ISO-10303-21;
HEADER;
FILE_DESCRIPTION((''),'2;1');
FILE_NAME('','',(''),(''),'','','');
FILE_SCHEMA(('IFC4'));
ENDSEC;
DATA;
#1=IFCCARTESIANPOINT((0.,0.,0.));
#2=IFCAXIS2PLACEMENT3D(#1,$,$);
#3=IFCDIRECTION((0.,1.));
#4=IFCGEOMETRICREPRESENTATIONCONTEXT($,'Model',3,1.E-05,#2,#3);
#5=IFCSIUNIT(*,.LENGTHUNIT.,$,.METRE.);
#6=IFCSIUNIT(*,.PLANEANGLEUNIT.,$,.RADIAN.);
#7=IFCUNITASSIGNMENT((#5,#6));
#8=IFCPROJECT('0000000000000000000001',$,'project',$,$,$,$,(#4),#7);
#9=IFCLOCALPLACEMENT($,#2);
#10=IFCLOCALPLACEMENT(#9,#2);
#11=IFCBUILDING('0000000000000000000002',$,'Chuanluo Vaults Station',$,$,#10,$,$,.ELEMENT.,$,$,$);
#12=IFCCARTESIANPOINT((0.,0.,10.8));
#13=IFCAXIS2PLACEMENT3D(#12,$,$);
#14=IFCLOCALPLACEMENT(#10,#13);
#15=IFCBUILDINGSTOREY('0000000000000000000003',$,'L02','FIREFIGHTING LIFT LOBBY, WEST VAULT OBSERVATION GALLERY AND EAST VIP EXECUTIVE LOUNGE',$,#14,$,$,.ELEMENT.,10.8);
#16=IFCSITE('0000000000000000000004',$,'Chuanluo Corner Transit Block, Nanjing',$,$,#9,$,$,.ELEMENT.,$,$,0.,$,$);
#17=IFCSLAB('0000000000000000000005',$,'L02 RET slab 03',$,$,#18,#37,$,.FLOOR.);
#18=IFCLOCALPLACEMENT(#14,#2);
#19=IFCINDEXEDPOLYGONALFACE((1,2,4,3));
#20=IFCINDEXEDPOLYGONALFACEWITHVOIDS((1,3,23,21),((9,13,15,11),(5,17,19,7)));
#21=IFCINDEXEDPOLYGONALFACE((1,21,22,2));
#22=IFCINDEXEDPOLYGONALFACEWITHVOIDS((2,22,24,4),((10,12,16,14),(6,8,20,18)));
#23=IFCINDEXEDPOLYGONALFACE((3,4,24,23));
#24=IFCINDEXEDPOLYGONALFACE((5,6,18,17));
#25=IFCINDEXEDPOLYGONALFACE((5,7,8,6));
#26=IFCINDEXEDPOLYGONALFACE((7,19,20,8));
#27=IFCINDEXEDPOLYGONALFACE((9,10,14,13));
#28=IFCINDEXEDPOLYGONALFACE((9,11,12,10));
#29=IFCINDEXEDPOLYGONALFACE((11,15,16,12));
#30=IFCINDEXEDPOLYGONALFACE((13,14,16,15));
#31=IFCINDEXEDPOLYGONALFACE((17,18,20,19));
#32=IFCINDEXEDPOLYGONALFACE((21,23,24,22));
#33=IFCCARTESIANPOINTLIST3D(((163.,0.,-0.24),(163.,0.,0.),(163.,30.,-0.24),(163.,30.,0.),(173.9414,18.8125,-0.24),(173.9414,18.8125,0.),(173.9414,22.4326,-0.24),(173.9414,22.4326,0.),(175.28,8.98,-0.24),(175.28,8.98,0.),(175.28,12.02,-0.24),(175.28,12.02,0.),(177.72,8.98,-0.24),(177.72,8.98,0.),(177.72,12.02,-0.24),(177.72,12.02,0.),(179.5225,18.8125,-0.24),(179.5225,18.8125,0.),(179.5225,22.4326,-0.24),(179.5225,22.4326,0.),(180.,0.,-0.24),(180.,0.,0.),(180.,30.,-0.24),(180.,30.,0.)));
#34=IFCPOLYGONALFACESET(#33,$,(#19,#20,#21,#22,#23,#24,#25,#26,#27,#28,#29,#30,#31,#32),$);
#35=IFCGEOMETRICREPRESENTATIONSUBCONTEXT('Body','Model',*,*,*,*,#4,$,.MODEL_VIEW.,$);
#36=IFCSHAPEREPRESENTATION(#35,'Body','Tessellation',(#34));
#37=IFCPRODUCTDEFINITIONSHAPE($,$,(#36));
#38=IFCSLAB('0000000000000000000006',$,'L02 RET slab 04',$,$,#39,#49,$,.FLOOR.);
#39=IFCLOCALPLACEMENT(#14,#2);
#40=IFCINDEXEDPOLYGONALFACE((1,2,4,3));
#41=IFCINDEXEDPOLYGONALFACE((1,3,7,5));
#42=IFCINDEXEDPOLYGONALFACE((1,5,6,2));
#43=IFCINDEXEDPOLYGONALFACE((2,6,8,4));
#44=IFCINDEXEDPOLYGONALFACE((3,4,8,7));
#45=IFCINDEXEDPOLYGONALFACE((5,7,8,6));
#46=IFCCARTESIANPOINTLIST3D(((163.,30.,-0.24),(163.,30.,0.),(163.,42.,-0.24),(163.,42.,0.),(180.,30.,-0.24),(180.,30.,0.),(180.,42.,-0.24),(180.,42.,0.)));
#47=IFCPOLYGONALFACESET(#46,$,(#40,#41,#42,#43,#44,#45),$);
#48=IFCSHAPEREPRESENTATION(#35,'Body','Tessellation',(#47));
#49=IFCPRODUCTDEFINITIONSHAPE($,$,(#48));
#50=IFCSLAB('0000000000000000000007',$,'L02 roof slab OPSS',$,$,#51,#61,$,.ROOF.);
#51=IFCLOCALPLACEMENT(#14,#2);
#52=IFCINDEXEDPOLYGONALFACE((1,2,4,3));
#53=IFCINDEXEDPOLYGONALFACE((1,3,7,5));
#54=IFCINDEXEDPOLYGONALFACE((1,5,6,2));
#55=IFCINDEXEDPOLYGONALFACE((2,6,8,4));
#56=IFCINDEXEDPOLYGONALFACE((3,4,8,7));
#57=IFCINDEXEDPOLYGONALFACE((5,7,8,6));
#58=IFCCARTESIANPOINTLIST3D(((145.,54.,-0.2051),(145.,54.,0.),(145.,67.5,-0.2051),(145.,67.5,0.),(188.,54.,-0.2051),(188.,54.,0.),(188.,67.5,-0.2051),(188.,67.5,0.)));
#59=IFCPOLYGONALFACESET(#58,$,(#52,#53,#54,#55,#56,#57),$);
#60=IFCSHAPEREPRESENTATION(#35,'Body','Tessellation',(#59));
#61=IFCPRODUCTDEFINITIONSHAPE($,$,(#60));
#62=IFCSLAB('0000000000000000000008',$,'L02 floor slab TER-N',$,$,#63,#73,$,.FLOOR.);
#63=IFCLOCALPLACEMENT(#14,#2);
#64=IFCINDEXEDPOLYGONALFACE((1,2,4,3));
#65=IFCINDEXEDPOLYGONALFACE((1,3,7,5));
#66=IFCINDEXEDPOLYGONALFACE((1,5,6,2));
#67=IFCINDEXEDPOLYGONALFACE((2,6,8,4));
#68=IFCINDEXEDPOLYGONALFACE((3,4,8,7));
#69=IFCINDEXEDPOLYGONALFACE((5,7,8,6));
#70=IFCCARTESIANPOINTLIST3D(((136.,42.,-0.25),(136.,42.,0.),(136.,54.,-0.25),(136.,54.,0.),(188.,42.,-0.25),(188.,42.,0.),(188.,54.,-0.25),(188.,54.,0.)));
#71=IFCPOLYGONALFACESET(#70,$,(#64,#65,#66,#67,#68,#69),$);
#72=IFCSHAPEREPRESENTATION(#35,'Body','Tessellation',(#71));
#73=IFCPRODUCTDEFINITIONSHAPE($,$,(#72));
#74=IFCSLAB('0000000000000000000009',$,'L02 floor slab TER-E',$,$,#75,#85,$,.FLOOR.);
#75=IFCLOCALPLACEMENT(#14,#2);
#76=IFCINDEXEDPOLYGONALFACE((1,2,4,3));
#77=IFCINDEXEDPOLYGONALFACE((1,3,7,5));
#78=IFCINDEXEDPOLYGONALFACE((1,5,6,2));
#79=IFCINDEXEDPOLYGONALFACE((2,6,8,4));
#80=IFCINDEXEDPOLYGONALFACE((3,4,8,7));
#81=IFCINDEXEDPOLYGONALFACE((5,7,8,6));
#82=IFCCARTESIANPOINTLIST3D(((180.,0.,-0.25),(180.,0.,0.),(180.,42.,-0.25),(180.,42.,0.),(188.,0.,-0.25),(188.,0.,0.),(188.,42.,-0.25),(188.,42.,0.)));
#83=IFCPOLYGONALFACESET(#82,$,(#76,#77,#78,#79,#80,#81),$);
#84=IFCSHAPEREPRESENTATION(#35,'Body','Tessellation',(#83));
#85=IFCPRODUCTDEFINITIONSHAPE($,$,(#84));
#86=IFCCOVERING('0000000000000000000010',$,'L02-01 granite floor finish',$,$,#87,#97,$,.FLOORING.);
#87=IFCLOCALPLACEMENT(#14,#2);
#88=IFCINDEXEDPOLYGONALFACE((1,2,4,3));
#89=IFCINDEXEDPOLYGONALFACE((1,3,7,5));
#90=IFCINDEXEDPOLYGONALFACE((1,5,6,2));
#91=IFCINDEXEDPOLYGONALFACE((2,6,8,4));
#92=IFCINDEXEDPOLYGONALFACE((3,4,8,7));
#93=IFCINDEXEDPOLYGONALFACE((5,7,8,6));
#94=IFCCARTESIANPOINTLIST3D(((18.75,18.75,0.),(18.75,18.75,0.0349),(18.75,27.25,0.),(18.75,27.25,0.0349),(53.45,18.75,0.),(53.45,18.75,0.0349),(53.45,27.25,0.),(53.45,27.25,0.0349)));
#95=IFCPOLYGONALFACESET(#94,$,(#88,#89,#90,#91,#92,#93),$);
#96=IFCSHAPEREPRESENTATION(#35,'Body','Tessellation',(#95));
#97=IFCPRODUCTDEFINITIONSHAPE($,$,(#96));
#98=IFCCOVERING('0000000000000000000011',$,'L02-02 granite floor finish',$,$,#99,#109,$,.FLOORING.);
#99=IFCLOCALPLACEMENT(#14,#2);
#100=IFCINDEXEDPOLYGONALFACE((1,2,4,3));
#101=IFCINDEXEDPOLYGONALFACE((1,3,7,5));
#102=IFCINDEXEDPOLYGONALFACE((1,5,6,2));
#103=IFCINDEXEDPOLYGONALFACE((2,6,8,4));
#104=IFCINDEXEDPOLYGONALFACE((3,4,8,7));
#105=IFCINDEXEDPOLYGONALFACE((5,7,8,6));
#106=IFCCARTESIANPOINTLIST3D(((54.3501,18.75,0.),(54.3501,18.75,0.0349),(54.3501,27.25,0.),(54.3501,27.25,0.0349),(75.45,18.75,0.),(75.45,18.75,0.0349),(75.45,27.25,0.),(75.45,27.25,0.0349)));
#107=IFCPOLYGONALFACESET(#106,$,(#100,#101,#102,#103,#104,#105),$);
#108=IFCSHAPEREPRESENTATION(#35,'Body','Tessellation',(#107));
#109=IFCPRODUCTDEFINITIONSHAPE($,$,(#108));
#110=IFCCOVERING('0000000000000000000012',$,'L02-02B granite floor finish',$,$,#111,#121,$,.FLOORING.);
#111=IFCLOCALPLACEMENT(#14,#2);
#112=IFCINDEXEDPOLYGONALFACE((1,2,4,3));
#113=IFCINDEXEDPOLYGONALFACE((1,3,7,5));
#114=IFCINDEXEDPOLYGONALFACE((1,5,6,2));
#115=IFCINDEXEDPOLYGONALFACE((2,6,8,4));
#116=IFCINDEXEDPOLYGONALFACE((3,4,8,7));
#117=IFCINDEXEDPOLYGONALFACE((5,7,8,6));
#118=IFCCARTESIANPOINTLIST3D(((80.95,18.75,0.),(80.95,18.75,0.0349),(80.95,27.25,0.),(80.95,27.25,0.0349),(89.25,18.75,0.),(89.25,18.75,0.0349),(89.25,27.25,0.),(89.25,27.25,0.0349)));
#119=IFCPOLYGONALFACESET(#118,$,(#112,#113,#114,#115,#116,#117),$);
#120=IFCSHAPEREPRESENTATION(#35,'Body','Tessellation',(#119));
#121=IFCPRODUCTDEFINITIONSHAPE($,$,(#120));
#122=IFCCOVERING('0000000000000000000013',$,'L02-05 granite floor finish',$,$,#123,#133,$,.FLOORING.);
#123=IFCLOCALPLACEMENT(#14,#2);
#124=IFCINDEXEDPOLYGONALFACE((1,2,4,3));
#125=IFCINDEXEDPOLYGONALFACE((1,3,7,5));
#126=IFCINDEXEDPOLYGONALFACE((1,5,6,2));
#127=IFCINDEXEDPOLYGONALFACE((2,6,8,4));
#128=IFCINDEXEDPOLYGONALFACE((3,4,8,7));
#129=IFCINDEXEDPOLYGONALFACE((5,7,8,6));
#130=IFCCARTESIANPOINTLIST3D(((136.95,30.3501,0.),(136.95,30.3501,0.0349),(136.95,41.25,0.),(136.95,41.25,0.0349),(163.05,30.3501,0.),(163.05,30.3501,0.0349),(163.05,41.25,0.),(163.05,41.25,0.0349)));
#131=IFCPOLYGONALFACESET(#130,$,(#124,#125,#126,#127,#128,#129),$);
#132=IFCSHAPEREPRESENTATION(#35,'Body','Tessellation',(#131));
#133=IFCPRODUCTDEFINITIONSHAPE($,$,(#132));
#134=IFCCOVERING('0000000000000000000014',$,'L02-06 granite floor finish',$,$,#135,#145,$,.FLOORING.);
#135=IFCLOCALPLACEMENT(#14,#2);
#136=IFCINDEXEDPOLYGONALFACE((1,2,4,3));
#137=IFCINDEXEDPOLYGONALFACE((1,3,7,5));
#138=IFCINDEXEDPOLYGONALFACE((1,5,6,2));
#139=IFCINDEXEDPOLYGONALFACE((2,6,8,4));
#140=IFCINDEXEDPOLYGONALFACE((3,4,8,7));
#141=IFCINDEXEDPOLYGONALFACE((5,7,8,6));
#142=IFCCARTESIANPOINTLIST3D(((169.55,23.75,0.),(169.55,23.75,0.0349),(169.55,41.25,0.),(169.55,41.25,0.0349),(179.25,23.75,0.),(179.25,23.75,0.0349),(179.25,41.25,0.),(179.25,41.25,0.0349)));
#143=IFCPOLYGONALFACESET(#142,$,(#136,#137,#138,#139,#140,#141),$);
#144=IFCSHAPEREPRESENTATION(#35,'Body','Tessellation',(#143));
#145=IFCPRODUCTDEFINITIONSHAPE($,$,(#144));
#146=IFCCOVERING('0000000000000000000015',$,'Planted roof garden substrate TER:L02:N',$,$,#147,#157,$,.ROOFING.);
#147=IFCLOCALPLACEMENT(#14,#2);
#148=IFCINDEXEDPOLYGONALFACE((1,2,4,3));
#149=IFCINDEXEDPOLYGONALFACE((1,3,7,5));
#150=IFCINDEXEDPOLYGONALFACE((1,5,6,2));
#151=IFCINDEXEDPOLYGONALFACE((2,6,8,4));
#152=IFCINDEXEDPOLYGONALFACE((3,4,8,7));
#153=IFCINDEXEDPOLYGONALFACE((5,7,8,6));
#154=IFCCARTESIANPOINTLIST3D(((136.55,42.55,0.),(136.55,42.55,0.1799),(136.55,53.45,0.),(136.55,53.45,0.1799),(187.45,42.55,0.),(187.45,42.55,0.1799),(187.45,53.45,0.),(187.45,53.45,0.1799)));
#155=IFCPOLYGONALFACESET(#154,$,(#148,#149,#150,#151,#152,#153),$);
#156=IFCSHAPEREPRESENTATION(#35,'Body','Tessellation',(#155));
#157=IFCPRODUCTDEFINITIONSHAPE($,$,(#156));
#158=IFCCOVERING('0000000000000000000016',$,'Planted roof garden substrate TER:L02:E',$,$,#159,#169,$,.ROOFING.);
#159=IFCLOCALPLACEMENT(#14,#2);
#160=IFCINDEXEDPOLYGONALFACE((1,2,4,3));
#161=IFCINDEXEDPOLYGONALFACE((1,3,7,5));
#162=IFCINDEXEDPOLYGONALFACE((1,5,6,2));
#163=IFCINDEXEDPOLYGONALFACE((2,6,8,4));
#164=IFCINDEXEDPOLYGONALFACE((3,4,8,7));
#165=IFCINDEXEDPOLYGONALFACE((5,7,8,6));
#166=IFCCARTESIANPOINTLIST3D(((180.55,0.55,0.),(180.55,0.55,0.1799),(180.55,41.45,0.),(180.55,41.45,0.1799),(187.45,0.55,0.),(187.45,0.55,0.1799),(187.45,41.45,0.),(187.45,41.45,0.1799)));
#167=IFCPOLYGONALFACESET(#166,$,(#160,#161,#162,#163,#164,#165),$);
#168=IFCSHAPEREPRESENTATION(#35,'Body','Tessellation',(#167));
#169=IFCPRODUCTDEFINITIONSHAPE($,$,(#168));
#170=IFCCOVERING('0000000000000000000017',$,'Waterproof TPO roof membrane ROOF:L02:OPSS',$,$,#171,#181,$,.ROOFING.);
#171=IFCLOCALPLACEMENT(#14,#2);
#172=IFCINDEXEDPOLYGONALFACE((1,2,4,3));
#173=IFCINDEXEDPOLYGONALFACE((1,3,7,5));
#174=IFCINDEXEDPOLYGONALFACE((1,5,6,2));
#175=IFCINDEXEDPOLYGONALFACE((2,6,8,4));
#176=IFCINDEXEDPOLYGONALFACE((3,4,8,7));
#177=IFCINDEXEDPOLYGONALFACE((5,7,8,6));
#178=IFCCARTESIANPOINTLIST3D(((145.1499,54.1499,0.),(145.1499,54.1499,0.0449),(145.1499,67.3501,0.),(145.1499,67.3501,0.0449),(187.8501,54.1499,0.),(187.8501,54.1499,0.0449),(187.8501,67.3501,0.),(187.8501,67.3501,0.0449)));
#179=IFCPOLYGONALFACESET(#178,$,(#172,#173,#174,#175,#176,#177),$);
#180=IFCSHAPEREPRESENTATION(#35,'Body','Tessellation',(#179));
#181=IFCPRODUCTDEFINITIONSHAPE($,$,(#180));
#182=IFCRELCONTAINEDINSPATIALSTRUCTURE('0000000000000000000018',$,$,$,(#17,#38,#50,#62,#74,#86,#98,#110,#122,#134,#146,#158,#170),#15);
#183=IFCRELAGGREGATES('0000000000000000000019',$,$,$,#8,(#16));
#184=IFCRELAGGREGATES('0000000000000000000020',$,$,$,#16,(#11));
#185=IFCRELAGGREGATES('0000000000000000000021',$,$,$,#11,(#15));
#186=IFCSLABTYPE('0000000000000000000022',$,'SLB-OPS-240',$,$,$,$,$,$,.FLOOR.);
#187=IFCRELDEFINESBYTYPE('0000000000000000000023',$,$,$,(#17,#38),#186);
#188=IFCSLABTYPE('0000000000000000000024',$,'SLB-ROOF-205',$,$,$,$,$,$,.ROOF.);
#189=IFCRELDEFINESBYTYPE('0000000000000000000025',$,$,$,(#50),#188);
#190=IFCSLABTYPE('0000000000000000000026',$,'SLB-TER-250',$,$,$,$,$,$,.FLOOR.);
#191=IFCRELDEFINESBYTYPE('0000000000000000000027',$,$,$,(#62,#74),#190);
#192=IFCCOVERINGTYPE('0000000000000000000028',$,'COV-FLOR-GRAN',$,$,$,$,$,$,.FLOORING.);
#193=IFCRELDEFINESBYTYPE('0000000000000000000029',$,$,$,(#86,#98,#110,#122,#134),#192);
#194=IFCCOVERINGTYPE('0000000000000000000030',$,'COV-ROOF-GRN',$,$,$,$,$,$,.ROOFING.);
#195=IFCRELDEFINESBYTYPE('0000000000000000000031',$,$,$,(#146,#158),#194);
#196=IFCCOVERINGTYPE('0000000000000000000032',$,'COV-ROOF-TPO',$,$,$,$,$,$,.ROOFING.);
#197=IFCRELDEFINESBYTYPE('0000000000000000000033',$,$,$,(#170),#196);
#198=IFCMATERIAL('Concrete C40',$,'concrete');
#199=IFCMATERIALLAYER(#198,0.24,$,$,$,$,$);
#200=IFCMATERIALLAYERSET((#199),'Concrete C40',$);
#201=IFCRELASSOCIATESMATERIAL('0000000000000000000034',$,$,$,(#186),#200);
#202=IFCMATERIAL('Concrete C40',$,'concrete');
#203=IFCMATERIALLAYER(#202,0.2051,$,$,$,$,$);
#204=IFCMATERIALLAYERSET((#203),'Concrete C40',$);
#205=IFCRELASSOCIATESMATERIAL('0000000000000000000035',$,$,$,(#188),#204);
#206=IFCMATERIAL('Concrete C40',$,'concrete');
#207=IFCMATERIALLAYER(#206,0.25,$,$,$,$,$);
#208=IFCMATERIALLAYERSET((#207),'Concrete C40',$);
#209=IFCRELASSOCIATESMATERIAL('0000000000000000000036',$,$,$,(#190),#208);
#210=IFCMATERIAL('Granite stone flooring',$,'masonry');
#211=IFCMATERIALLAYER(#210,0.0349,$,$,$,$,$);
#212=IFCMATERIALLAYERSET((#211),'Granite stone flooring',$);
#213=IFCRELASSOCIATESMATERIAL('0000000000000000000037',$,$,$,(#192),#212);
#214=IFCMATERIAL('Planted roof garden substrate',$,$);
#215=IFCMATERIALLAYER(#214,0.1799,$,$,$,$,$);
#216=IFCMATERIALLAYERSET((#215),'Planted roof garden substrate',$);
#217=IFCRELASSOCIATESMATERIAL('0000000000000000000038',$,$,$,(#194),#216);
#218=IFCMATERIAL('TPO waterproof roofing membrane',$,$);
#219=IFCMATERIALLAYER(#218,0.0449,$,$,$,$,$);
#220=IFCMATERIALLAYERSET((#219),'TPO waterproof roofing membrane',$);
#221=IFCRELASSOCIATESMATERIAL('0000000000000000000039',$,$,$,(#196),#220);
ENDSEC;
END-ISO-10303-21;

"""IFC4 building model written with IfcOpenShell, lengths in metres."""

from ifc_helpers import new_model, si_unit, direction, frame, origin, place, context, subcontext, project, spatial, polyline, outline, extrude, material, layer, layer_set, type_object, element, save


model = new_model("IFC4")

# Units and contexts
model_context = context("Model", 3, precision=1e-05, world=origin(), true_north=direction((0.0, 1.0)))
body_context = subcontext(model_context, "Body", "Model", "MODEL_VIEW")
ifc_project = project(units=[si_unit("LENGTHUNIT", "METRE"), si_unit("PLANEANGLEUNIT", "RADIAN")], contexts=[model_context])

# Site, building, storey
site_placement = place(None, origin())
site = spatial("IfcSite", under=ifc_project, at=site_placement, Name="Chuanluo Corner Transit Block, Nanjing", CompositionType="ELEMENT", RefElevation=0.0)
building_placement = place(site_placement, origin())
building = spatial("IfcBuilding", under=site, at=building_placement, Name="Chuanluo Vaults Station", CompositionType="ELEMENT")
storey_placement = place(building_placement, frame((0.0, 0.0, 10.8)))
storey = spatial("IfcBuildingStorey", under=building, at=storey_placement, Name="L02", Description="FIREFIGHTING LIFT LOBBY, WEST VAULT OBSERVATION GALLERY AND EAST VIP EXECUTIVE LOUNGE", CompositionType="ELEMENT", Elevation=10.8)

# Slabs
ifc_material_1 = material(Name="Concrete C40", Category="concrete")
ifc_layer_1 = layer(ifc_material_1, 0.24)
ifc_layer_set_1 = layer_set([ifc_layer_1], Name="Concrete C40")
slab_type_1 = type_object("IfcSlabType", Name="SLB-OPS-240", PredefinedType="FLOOR", material=ifc_layer_set_1)
slab_1_placement = place(storey_placement, frame((0.0, 0.0, -0.24)))
element("IfcSlab", 1, at=slab_1_placement, inside=storey, type_object=slab_type_1, Name="L02 RET slab 03", PredefinedType="FLOOR", context=body_context, shape_type="SweptSolid", body=[
    extrude(outline(polyline([(163.0, 0.0), (180.0, 0.0), (180.0, 30.0), (163.0, 30.0), (163.0, 0.0)]), holes=[polyline([(173.9414, 18.8125), (179.5225, 18.8125), (179.5225, 22.4326), (173.9414, 22.4326), (173.9414, 18.8125)]), polyline([(175.28, 8.98), (177.72, 8.98), (177.72, 12.02), (175.28, 12.02), (175.28, 8.98)])]), origin(), (0.0, 0.0, 1.0), 0.24),
])
slab_2_placement = place(storey_placement, frame((0.0, 0.0, -0.24)))
element("IfcSlab", 2, at=slab_2_placement, inside=storey, type_object=slab_type_1, Name="L02 RET slab 04", PredefinedType="FLOOR", context=body_context, shape_type="SweptSolid", body=[
    extrude(outline(polyline([(163.0, 30.0), (180.0, 30.0), (180.0, 42.0), (163.0, 42.0), (163.0, 30.0)])), origin(), (0.0, 0.0, 1.0), 0.24),
])
ifc_material_2 = material(Name="Concrete C40", Category="concrete")
ifc_layer_2 = layer(ifc_material_2, 0.2051)
ifc_layer_set_2 = layer_set([ifc_layer_2], Name="Concrete C40")
slab_type_2 = type_object("IfcSlabType", Name="SLB-ROOF-205", PredefinedType="ROOF", material=ifc_layer_set_2)
slab_3_placement = place(storey_placement, frame((0.0, 0.0, -0.2051)))
element("IfcSlab", 3, at=slab_3_placement, inside=storey, type_object=slab_type_2, Name="L02 roof slab OPSS", PredefinedType="ROOF", context=body_context, shape_type="SweptSolid", body=[
    extrude(outline(polyline([(145.0, 54.0), (188.0, 54.0), (188.0, 67.5), (145.0, 67.5), (145.0, 54.0)])), origin(), (0.0, 0.0, 1.0), 0.2051),
])
ifc_material_3 = material(Name="Concrete C40", Category="concrete")
ifc_layer_3 = layer(ifc_material_3, 0.25)
ifc_layer_set_3 = layer_set([ifc_layer_3], Name="Concrete C40")
slab_type_3 = type_object("IfcSlabType", Name="SLB-TER-250", PredefinedType="FLOOR", material=ifc_layer_set_3)
slab_4_placement = place(storey_placement, frame((0.0, 0.0, -0.25)))
element("IfcSlab", 4, at=slab_4_placement, inside=storey, type_object=slab_type_3, Name="L02 floor slab TER-N", PredefinedType="FLOOR", context=body_context, shape_type="SweptSolid", body=[
    extrude(outline(polyline([(136.0, 42.0), (188.0, 42.0), (188.0, 54.0), (136.0, 54.0), (136.0, 42.0)])), origin(), (0.0, 0.0, 1.0), 0.25),
])
slab_5_placement = place(storey_placement, frame((0.0, 0.0, -0.25)))
element("IfcSlab", 5, at=slab_5_placement, inside=storey, type_object=slab_type_3, Name="L02 floor slab TER-E", PredefinedType="FLOOR", context=body_context, shape_type="SweptSolid", body=[
    extrude(outline(polyline([(180.0, 0.0), (188.0, 0.0), (188.0, 42.0), (180.0, 42.0), (180.0, 0.0)])), origin(), (0.0, 0.0, 1.0), 0.25),
])

# Coverings
ifc_material_4 = material(Name="Granite stone flooring", Category="masonry")
ifc_layer_4 = layer(ifc_material_4, 0.0349)
ifc_layer_set_4 = layer_set([ifc_layer_4], Name="Granite stone flooring")
covering_type_1 = type_object("IfcCoveringType", Name="COV-FLOR-GRAN", PredefinedType="FLOORING", material=ifc_layer_set_4)
covering_1_placement = place(storey_placement, origin())
element("IfcCovering", 6, at=covering_1_placement, inside=storey, type_object=covering_type_1, Name="L02-01 granite floor finish", PredefinedType="FLOORING", context=body_context, shape_type="SweptSolid", body=[
    extrude(outline(polyline([(18.75, 18.75), (53.45, 18.75), (53.45, 27.25), (18.75, 27.25), (18.75, 18.75)])), origin(), (0.0, 0.0, 1.0), 0.0349),
])
covering_2_placement = place(storey_placement, origin())
element("IfcCovering", 7, at=covering_2_placement, inside=storey, type_object=covering_type_1, Name="L02-02 granite floor finish", PredefinedType="FLOORING", context=body_context, shape_type="SweptSolid", body=[
    extrude(outline(polyline([(54.3501, 18.75), (75.45, 18.75), (75.45, 27.25), (54.3501, 27.25), (54.3501, 18.75)])), origin(), (0.0, 0.0, 1.0), 0.0349),
])
covering_3_placement = place(storey_placement, origin())
element("IfcCovering", 8, at=covering_3_placement, inside=storey, type_object=covering_type_1, Name="L02-02B granite floor finish", PredefinedType="FLOORING", context=body_context, shape_type="SweptSolid", body=[
    extrude(outline(polyline([(80.95, 18.75), (89.25, 18.75), (89.25, 27.25), (80.95, 27.25), (80.95, 18.75)])), origin(), (0.0, 0.0, 1.0), 0.0349),
])
covering_4_placement = place(storey_placement, origin())
element("IfcCovering", 9, at=covering_4_placement, inside=storey, type_object=covering_type_1, Name="L02-05 granite floor finish", PredefinedType="FLOORING", context=body_context, shape_type="SweptSolid", body=[
    extrude(outline(polyline([(136.95, 30.3501), (163.05, 30.3501), (163.05, 41.25), (136.95, 41.25), (136.95, 30.3501)])), origin(), (0.0, 0.0, 1.0), 0.0349),
])
covering_5_placement = place(storey_placement, origin())
element("IfcCovering", 10, at=covering_5_placement, inside=storey, type_object=covering_type_1, Name="L02-06 granite floor finish", PredefinedType="FLOORING", context=body_context, shape_type="SweptSolid", body=[
    extrude(outline(polyline([(169.55, 23.75), (179.25, 23.75), (179.25, 41.25), (169.55, 41.25), (169.55, 23.75)])), origin(), (0.0, 0.0, 1.0), 0.0349),
])
ifc_material_5 = material(Name="Planted roof garden substrate")
ifc_layer_5 = layer(ifc_material_5, 0.1799)
ifc_layer_set_5 = layer_set([ifc_layer_5], Name="Planted roof garden substrate")
covering_type_2 = type_object("IfcCoveringType", Name="COV-ROOF-GRN", PredefinedType="ROOFING", material=ifc_layer_set_5)
covering_6_placement = place(storey_placement, origin())
element("IfcCovering", 11, at=covering_6_placement, inside=storey, type_object=covering_type_2, Name="Planted roof garden substrate TER:L02:N", PredefinedType="ROOFING", context=body_context, shape_type="SweptSolid", body=[
    extrude(outline(polyline([(136.55, 42.55), (187.45, 42.55), (187.45, 53.45), (136.55, 53.45), (136.55, 42.55)])), origin(), (0.0, 0.0, 1.0), 0.1799),
])
covering_7_placement = place(storey_placement, origin())
element("IfcCovering", 12, at=covering_7_placement, inside=storey, type_object=covering_type_2, Name="Planted roof garden substrate TER:L02:E", PredefinedType="ROOFING", context=body_context, shape_type="SweptSolid", body=[
    extrude(outline(polyline([(180.55, 0.55), (187.45, 0.55), (187.45, 41.45), (180.55, 41.45), (180.55, 0.55)])), origin(), (0.0, 0.0, 1.0), 0.1799),
])
ifc_material_6 = material(Name="TPO waterproof roofing membrane")
ifc_layer_6 = layer(ifc_material_6, 0.0449)
ifc_layer_set_6 = layer_set([ifc_layer_6], Name="TPO waterproof roofing membrane")
covering_type_3 = type_object("IfcCoveringType", Name="COV-ROOF-TPO", PredefinedType="ROOFING", material=ifc_layer_set_6)
covering_8_placement = place(storey_placement, origin())
element("IfcCovering", 13, at=covering_8_placement, inside=storey, type_object=covering_type_3, Name="Waterproof TPO roof membrane ROOF:L02:OPSS", PredefinedType="ROOFING", context=body_context, shape_type="SweptSolid", body=[
    extrude(outline(polyline([(145.1499, 54.1499), (187.8501, 54.1499), (187.8501, 67.3501), (145.1499, 67.3501), (145.1499, 54.1499)])), origin(), (0.0, 0.0, 1.0), 0.0449),
])

save(model, "model.ifc")
